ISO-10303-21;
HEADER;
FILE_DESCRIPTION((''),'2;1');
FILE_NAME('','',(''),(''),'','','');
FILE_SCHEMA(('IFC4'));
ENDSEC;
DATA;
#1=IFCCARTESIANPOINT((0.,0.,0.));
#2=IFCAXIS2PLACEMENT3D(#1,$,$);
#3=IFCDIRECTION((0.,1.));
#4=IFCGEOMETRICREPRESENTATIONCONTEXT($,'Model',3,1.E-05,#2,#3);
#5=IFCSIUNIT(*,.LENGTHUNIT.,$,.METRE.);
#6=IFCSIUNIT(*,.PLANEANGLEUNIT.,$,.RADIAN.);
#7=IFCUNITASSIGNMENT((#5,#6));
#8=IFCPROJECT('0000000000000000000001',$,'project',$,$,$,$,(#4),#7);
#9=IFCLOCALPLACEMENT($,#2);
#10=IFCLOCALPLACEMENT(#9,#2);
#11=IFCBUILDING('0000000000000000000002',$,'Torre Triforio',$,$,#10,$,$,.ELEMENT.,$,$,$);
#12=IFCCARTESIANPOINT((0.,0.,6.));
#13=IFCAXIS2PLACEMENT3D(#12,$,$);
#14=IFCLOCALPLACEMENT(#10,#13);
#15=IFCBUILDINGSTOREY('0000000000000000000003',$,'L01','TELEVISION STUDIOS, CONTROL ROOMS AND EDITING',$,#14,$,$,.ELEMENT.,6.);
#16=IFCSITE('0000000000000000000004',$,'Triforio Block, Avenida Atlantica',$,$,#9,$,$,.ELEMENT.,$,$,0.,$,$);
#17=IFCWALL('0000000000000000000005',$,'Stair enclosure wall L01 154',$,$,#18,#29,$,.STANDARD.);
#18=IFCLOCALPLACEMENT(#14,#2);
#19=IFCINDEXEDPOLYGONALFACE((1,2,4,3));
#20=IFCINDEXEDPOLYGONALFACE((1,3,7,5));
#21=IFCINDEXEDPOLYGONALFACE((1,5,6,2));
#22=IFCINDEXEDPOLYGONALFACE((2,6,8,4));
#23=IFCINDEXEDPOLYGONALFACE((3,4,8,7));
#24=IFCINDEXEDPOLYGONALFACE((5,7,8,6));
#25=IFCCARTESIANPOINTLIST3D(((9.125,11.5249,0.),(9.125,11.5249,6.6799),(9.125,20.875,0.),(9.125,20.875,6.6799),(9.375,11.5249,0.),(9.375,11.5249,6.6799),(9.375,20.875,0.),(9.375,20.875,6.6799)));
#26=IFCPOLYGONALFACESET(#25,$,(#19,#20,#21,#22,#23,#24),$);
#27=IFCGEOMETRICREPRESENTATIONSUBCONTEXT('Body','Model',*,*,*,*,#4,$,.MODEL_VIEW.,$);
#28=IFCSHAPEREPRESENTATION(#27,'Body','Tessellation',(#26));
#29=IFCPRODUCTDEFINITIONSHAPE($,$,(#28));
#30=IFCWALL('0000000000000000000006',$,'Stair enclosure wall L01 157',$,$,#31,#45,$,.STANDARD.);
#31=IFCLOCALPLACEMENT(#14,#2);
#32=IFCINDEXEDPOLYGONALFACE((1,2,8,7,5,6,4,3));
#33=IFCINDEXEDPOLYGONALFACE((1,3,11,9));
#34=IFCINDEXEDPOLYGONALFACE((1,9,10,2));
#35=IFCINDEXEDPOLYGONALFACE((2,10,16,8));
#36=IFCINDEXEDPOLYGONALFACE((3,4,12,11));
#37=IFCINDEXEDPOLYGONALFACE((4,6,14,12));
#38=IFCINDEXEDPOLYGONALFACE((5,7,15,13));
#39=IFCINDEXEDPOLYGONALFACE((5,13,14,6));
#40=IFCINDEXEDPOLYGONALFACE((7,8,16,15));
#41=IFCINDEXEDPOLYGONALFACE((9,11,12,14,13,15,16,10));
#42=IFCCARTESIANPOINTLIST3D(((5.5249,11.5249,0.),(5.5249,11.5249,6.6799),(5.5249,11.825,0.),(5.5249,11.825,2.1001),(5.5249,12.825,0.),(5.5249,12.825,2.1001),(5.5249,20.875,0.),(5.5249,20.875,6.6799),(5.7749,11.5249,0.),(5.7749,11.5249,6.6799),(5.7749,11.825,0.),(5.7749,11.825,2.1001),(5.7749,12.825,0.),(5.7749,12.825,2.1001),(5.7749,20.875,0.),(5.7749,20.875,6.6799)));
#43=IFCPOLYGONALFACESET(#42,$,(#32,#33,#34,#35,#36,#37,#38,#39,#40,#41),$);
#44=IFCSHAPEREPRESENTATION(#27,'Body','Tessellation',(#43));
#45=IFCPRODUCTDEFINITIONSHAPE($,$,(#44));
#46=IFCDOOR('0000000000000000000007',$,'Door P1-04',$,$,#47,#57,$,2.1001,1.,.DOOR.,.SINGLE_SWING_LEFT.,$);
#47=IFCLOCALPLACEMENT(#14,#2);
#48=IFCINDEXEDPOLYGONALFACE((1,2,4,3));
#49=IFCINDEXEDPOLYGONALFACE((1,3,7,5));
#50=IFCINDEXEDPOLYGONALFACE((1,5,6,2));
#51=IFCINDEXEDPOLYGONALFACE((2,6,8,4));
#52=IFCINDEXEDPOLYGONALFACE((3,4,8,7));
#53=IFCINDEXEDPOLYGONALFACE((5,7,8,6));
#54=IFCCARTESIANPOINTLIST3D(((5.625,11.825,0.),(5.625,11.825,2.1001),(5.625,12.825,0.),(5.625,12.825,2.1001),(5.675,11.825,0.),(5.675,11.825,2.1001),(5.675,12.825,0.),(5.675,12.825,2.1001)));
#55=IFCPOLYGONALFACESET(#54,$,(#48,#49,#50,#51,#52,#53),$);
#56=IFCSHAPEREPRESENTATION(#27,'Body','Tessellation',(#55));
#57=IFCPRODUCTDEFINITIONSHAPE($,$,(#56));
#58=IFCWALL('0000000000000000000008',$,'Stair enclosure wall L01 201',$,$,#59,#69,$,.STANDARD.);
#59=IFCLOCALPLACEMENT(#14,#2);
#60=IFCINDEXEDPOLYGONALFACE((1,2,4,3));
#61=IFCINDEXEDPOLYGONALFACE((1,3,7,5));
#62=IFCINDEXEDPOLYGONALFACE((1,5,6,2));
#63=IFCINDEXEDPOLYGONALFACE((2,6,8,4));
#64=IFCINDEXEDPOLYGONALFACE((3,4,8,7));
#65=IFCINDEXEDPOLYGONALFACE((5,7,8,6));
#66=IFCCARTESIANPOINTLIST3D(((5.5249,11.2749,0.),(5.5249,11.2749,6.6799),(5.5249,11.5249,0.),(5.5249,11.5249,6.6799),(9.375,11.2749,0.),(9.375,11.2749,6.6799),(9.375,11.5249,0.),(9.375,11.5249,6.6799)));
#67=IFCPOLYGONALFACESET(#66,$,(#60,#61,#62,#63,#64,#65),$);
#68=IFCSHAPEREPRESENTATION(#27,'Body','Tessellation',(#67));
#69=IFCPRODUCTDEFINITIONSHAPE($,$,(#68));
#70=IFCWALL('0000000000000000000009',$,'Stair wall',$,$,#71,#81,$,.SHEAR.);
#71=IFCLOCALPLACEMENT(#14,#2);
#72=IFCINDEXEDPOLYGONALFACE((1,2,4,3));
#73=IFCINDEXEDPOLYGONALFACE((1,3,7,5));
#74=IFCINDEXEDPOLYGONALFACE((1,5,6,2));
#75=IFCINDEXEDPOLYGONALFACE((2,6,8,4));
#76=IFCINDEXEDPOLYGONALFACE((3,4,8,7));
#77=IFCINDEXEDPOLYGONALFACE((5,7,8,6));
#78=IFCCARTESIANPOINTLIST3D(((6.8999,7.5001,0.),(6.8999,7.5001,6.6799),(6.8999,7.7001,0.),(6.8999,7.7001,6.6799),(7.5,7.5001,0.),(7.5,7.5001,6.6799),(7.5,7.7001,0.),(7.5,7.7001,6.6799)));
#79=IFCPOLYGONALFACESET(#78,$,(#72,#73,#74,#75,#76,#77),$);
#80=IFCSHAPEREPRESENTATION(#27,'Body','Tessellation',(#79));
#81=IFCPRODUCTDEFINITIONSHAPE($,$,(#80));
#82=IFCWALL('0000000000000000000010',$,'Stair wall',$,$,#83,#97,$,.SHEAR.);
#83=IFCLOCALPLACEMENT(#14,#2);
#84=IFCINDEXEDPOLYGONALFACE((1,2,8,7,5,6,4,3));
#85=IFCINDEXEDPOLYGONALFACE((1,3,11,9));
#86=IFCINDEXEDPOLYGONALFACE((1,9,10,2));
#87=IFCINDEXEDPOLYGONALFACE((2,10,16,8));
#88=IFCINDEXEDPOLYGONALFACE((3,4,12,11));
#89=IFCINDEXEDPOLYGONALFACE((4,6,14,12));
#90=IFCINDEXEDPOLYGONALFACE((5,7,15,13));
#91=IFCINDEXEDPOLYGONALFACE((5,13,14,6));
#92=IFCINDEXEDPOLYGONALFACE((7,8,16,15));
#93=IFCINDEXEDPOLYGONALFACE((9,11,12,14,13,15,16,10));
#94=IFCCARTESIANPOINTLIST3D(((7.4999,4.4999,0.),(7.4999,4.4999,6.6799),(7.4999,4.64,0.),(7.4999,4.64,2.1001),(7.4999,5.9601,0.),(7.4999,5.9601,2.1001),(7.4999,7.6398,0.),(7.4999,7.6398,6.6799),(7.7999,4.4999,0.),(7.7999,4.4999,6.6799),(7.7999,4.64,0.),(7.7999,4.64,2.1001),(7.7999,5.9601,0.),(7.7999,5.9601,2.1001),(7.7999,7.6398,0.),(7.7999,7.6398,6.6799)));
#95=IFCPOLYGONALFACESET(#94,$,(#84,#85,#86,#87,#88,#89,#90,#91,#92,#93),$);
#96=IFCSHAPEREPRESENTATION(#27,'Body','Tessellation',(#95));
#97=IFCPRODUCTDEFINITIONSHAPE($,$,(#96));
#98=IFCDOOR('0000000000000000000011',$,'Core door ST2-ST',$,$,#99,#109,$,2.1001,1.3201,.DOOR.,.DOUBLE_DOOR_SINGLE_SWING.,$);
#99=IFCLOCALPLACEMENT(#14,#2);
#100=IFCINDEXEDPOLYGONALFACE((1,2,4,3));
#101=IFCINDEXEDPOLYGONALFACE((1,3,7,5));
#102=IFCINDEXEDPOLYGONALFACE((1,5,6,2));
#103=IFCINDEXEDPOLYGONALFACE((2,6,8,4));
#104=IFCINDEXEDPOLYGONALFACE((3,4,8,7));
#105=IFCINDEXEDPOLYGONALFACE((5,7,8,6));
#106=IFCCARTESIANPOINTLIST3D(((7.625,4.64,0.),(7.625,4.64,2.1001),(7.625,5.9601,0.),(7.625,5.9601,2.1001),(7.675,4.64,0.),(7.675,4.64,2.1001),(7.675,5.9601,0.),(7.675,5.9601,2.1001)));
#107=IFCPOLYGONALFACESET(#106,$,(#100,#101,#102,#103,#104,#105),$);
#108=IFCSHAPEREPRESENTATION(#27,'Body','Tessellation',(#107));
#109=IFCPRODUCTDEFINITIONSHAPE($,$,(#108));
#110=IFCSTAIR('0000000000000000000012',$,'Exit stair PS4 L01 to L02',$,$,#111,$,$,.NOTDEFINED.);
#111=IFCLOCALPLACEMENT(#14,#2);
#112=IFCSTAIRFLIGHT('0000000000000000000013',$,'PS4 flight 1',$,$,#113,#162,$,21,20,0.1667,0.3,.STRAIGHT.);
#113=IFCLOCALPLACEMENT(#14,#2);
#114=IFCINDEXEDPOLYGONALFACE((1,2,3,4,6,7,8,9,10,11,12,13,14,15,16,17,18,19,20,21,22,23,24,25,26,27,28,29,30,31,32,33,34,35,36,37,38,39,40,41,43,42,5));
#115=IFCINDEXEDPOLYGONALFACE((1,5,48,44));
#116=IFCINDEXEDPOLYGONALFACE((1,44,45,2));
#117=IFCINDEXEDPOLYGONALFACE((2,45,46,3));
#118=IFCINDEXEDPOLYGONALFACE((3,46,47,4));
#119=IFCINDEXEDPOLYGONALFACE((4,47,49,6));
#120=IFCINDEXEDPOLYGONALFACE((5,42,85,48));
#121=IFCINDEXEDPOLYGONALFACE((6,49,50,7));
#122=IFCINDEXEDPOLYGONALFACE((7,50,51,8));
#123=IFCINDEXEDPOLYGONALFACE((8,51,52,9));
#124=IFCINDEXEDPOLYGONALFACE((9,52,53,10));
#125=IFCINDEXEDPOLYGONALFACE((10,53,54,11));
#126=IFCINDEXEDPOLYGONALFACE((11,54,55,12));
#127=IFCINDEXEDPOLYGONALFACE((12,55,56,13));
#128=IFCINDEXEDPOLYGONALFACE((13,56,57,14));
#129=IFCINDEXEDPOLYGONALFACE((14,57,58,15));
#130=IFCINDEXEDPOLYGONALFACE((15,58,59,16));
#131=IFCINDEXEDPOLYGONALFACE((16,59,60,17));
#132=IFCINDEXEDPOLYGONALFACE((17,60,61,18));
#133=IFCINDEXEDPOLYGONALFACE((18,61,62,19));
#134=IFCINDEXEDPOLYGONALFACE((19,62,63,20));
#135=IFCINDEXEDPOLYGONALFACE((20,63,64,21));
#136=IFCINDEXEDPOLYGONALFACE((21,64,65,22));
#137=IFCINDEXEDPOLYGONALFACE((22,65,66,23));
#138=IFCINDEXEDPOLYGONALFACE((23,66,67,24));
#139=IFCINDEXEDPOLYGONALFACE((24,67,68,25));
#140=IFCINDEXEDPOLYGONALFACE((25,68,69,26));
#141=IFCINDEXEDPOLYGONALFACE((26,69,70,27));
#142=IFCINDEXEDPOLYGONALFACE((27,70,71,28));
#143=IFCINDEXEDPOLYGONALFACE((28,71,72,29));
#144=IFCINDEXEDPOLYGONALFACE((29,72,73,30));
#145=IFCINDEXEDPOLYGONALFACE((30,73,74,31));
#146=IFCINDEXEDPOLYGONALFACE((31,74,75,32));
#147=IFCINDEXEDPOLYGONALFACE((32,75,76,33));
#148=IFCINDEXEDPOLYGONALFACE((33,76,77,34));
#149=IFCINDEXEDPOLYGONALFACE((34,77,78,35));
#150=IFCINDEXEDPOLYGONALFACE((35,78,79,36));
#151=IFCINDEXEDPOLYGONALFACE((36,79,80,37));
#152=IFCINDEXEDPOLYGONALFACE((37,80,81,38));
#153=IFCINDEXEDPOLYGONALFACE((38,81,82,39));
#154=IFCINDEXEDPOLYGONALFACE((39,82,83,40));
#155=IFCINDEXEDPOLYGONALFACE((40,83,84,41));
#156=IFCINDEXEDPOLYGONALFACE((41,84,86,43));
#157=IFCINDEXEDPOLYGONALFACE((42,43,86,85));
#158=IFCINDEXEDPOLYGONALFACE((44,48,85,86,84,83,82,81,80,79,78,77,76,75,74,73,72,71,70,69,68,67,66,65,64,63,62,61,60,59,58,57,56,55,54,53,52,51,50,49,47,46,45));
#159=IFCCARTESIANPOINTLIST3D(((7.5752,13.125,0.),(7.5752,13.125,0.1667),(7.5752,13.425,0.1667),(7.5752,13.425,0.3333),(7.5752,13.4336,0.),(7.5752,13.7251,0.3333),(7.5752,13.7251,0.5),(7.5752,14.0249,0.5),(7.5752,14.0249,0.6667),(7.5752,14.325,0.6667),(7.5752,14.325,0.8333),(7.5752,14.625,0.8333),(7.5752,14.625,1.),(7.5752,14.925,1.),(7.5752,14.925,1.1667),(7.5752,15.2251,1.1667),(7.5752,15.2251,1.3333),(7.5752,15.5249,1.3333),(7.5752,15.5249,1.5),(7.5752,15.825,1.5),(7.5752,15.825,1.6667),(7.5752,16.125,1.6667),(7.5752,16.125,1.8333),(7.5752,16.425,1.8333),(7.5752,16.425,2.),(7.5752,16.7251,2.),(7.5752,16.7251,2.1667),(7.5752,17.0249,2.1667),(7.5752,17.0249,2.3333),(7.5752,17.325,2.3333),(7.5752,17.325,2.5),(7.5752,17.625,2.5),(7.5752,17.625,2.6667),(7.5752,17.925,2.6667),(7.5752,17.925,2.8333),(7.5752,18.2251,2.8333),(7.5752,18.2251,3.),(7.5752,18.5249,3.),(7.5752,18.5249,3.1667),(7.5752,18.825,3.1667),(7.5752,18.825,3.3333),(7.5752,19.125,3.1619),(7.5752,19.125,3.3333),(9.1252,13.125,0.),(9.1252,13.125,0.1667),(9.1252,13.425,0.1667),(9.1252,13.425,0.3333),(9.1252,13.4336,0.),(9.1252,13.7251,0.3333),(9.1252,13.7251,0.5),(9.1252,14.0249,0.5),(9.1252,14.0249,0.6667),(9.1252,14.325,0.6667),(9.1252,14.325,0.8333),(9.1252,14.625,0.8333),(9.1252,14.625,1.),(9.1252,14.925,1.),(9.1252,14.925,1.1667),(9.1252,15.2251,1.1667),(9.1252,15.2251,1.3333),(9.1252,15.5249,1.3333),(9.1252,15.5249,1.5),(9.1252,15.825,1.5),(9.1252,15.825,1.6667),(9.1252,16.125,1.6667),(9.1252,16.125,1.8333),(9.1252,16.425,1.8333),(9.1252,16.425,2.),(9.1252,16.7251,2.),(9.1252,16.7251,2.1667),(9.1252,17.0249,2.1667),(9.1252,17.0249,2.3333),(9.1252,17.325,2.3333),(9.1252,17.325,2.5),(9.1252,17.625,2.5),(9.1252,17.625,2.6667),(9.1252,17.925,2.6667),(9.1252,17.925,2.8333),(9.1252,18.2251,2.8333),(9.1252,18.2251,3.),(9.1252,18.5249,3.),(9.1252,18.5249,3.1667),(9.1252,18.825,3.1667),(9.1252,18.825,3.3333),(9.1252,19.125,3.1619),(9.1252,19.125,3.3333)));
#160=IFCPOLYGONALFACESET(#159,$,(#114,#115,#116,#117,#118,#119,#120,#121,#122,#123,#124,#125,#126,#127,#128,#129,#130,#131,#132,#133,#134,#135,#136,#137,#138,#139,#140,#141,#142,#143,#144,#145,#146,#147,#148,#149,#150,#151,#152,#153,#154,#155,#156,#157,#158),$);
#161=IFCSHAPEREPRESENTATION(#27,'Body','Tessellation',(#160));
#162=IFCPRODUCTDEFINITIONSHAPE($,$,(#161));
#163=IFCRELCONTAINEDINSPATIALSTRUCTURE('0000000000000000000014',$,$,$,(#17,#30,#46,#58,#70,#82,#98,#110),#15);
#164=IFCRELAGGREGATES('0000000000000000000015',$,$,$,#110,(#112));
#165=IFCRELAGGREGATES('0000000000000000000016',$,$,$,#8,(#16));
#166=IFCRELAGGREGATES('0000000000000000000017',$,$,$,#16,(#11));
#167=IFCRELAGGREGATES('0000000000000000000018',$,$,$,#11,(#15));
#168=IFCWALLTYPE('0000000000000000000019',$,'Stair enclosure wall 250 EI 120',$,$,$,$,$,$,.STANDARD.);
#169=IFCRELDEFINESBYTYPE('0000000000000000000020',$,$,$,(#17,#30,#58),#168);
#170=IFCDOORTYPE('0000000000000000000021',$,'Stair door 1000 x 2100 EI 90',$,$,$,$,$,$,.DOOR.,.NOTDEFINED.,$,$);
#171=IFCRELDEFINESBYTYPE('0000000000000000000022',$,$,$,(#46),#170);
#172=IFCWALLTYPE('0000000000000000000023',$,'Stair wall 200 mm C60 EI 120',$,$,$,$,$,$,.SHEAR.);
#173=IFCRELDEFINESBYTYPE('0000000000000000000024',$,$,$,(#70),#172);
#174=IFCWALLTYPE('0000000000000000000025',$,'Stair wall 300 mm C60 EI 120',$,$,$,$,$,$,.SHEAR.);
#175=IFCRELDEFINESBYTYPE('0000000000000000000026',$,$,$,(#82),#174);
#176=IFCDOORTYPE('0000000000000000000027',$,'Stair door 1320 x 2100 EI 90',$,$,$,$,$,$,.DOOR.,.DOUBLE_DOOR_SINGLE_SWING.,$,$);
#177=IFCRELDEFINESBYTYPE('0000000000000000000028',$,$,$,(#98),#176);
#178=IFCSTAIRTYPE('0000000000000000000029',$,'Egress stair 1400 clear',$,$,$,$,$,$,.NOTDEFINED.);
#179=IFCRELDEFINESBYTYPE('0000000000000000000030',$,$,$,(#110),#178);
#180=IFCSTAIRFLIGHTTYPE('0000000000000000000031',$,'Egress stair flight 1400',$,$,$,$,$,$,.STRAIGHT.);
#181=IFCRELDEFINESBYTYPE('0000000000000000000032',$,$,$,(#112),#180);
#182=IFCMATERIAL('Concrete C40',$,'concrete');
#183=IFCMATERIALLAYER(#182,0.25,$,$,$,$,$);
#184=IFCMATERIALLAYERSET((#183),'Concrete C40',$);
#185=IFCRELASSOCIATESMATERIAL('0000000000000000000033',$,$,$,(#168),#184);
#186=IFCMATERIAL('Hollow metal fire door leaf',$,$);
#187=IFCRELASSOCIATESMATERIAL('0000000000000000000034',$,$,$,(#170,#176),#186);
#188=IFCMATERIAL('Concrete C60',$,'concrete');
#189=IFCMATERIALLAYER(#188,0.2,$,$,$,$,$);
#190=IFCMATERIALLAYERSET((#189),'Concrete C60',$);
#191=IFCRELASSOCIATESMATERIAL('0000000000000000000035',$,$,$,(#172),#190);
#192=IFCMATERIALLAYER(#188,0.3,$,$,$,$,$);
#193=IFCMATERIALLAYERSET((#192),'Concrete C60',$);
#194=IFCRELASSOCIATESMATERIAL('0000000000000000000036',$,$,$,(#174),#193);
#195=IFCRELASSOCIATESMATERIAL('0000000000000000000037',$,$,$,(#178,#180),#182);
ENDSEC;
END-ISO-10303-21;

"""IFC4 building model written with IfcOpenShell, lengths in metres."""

from ifc_helpers import new_model, si_unit, direction, frame, frame_2d, origin, place, context, subcontext, project, spatial, polyline, rectangle, outline, extrude, material, layer, layer_set, type_object, element, fill, aggregate, save


model = new_model("IFC4")

# Units and contexts
model_context = context("Model", 3, precision=1e-05, world=origin(), true_north=direction((0.0, 1.0)))
body_context = subcontext(model_context, "Body", "Model", "MODEL_VIEW")
ifc_project = project(units=[si_unit("LENGTHUNIT", "METRE"), si_unit("PLANEANGLEUNIT", "RADIAN")], contexts=[model_context])

# Site, building, storey
site_placement = place(None, origin())
site = spatial("IfcSite", under=ifc_project, at=site_placement, Name="Triforio Block, Avenida Atlantica", CompositionType="ELEMENT", RefElevation=0.0)
building_placement = place(site_placement, origin())
building = spatial("IfcBuilding", under=site, at=building_placement, Name="Torre Triforio", CompositionType="ELEMENT")
storey_placement = place(building_placement, frame((0.0, 0.0, 6.0)))
storey = spatial("IfcBuildingStorey", under=building, at=storey_placement, Name="L01", Description="TELEVISION STUDIOS, CONTROL ROOMS AND EDITING", CompositionType="ELEMENT", Elevation=6.0)

# Shared definitions
ifc_material_1 = material(Name="Concrete C60", Category="concrete")
ifc_material_2 = material(Name="Hollow metal fire door leaf")

# Wall
ifc_material_3 = material(Name="Concrete C40", Category="concrete")
ifc_layer_1 = layer(ifc_material_3, 0.25)
ifc_layer_set_1 = layer_set([ifc_layer_1], Name="Concrete C40")
wall_type_1 = type_object("IfcWallType", Name="Stair enclosure wall 250 EI 120", PredefinedType="STANDARD", material=ifc_layer_set_1)
wall_1_placement = place(storey_placement, frame((9.25, 11.5249, 0.0), z_axis=(0.0, 0.0, 1.0), x_axis=(0.0, 1.0, 0.0)))
element("IfcWall", 1, at=wall_1_placement, inside=storey, type_object=wall_type_1, Name="Stair enclosure wall L01 154", PredefinedType="STANDARD", context=body_context, shape_type="SweptSolid", body=[
    extrude(rectangle(XDim=9.3501, YDim=0.25, at=frame_2d((4.675, 0.0))), origin(), (0.0, 0.0, 1.0), 6.6799),
])

# Wall, opening, door
wall_2_placement = place(storey_placement, frame((5.6499, 11.5249, 0.0), z_axis=(0.0, 0.0, 1.0), x_axis=(0.0, 1.0, 0.0)))
wall_2 = element("IfcWall", 2, at=wall_2_placement, inside=storey, type_object=wall_type_1, Name="Stair enclosure wall L01 157", PredefinedType="STANDARD", context=body_context, shape_type="SweptSolid", body=[
    extrude(rectangle(XDim=9.3501, YDim=0.25, at=frame_2d((4.675, 0.0))), origin(), (0.0, 0.0, 1.0), 6.6799),
])
opening_1_placement = place(wall_2_placement, frame((0.3, 0.0, 0.0)))
opening_1 = element("IfcOpeningElement", 3, at=opening_1_placement, cuts=wall_2, PredefinedType="OPENING", context=body_context, shape_type="SweptSolid", body=[
    extrude(rectangle(XDim=1.0, YDim=2.1001, at=frame_2d((0.5, 1.05))), frame((0.0, 0.135, 0.0), z_axis=(0.0, -1.0, 0.0), x_axis=(1.0, 0.0, 0.0)), (0.0, 0.0, 1.0), 0.27),
])
door_type_1 = type_object("IfcDoorType", Name="Stair door 1000 x 2100 EI 90", OperationType="NOTDEFINED", PredefinedType="DOOR", material=ifc_material_2)
door_1_placement = place(opening_1_placement, origin())
door_1 = element("IfcDoor", 4, at=door_1_placement, inside=storey, type_object=door_type_1, Name="Door P1-04", OperationType="SINGLE_SWING_LEFT", OverallHeight=2.1001, OverallWidth=1.0, PredefinedType="DOOR", context=body_context, shape_type="SweptSolid", body=[
    extrude(rectangle(XDim=1.0, YDim=2.1001, at=frame_2d((0.5, 1.05))), frame((0.0, 0.0249, 0.0), z_axis=(0.0, -1.0, 0.0), x_axis=(1.0, 0.0, 0.0)), (0.0, 0.0, 1.0), 0.05),
])
fill(opening_1, door_1)

# Walls
wall_3_placement = place(storey_placement, frame((5.5249, 11.3999, 0.0), z_axis=(0.0, 0.0, 1.0), x_axis=(1.0, 0.0, 0.0)))
element("IfcWall", 5, at=wall_3_placement, inside=storey, type_object=wall_type_1, Name="Stair enclosure wall L01 201", PredefinedType="STANDARD", context=body_context, shape_type="SweptSolid", body=[
    extrude(rectangle(XDim=3.8501, YDim=0.25, at=frame_2d((1.925, 0.0))), origin(), (0.0, 0.0, 1.0), 6.6799),
])
ifc_layer_2 = layer(ifc_material_1, 0.2)
ifc_layer_set_2 = layer_set([ifc_layer_2], Name="Concrete C60")
wall_type_2 = type_object("IfcWallType", Name="Stair wall 200 mm C60 EI 120", PredefinedType="SHEAR", material=ifc_layer_set_2)
wall_4_placement = place(storey_placement, frame((6.8999, 7.6001, 0.0), z_axis=(0.0, 0.0, 1.0), x_axis=(1.0, 0.0, 0.0)))
element("IfcWall", 6, at=wall_4_placement, inside=storey, type_object=wall_type_2, Name="Stair wall", PredefinedType="SHEAR", context=body_context, shape_type="SweptSolid", body=[
    extrude(rectangle(XDim=0.6001, YDim=0.2, at=frame_2d((0.3, 0.0))), origin(), (0.0, 0.0, 1.0), 6.6799),
])

# Wall, opening, door
ifc_layer_3 = layer(ifc_material_1, 0.3)
ifc_layer_set_3 = layer_set([ifc_layer_3], Name="Concrete C60")
wall_type_3 = type_object("IfcWallType", Name="Stair wall 300 mm C60 EI 120", PredefinedType="SHEAR", material=ifc_layer_set_3)
wall_5_placement = place(storey_placement, frame((7.6499, 4.5, 0.0), z_axis=(0.0, 0.0, 1.0), x_axis=(0.0, 1.0, 0.0)))
wall_5 = element("IfcWall", 7, at=wall_5_placement, inside=storey, type_object=wall_type_3, Name="Stair wall", PredefinedType="SHEAR", context=body_context, shape_type="SweptSolid", body=[
    extrude(rectangle(XDim=3.1399, YDim=0.3, at=frame_2d((1.5698, 0.0))), origin(), (0.0, 0.0, 1.0), 6.6799),
])
opening_2_placement = place(wall_5_placement, frame((0.1399, 0.0, 0.0)))
opening_2 = element("IfcOpeningElement", 8, at=opening_2_placement, cuts=wall_5, PredefinedType="OPENING", context=body_context, shape_type="SweptSolid", body=[
    extrude(rectangle(XDim=1.3201, YDim=2.1001, at=frame_2d((0.6602, 1.05))), frame((0.0, 0.1599, 0.0), z_axis=(0.0, -1.0, 0.0), x_axis=(1.0, 0.0, 0.0)), (0.0, 0.0, 1.0), 0.3201),
])
door_type_2 = type_object("IfcDoorType", Name="Stair door 1320 x 2100 EI 90", OperationType="DOUBLE_DOOR_SINGLE_SWING", PredefinedType="DOOR", material=ifc_material_2)
door_2_placement = place(opening_2_placement, origin())
door_2 = element("IfcDoor", 9, at=door_2_placement, inside=storey, type_object=door_type_2, Name="Core door ST2-ST", OperationType="DOUBLE_DOOR_SINGLE_SWING", OverallHeight=2.1001, OverallWidth=1.3201, PredefinedType="DOOR", context=body_context, shape_type="SweptSolid", body=[
    extrude(rectangle(XDim=1.3201, YDim=2.1001, at=frame_2d((0.6602, 1.05))), frame((0.0, 0.0249, 0.0), z_axis=(0.0, -1.0, 0.0), x_axis=(1.0, 0.0, 0.0)), (0.0, 0.0, 1.0), 0.05),
])
fill(opening_2, door_2)

# Stair, stair flight
stair_type_1 = type_object("IfcStairType", Name="Egress stair 1400 clear", PredefinedType="NOTDEFINED", material=ifc_material_3)
stair_1_placement = place(storey_placement, origin())
stair_1 = element("IfcStair", 10, at=stair_1_placement, inside=storey, type_object=stair_type_1, Name="Exit stair PS4 L01 to L02", PredefinedType="NOTDEFINED")
stair_flight_type_1 = type_object("IfcStairFlightType", Name="Egress stair flight 1400", PredefinedType="STRAIGHT", material=ifc_material_3)
stair_flight_1_placement = place(storey_placement, frame((8.3501, 13.125, 0.0), z_axis=(0.0, 0.0, 1.0), x_axis=(0.0, 1.0, 0.0)))
stair_flight_1 = element("IfcStairFlight", 11, at=stair_flight_1_placement, type_object=stair_flight_type_1, Name="PS4 flight 1", NumberOfRisers=21, NumberOfTreads=20, PredefinedType="STRAIGHT", RiserHeight=0.1667, TreadLength=0.3, context=body_context, shape_type="SweptSolid", body=[
    extrude(outline(polyline([(0.0, 0.0), (0.0, 0.1667), (0.3, 0.1667), (0.3, 0.3333), (0.6001, 0.3333), (0.6001, 0.5), (0.8999, 0.5), (0.8999, 0.6667), (1.2, 0.6667), (1.2, 0.8333), (1.5, 0.8333), (1.5, 1.0), (1.8, 1.0), (1.8, 1.1667), (2.1001, 1.1667), (2.1001, 1.3333), (2.3999, 1.3333), (2.3999, 1.5), (2.7, 1.5), (2.7, 1.6667), (3.0, 1.6667), (3.0, 1.8333), (3.3, 1.8333), (3.3, 2.0), (3.6001, 2.0), (3.6001, 2.1667), (3.8999, 2.1667), (3.8999, 2.3333), (4.2, 2.3333), (4.2, 2.5), (4.5, 2.5), (4.5, 2.6667), (4.8, 2.6667), (4.8, 2.8333), (5.1001, 2.8333), (5.1001, 3.0), (5.3999, 3.0), (5.3999, 3.1667), (5.7, 3.1667), (5.7, 3.3333), (6.0, 3.3333), (6.0, 3.5), (6.0, 3.1619), (0.3086, 0.0), (0.0, 0.0)])), frame((0.0, 0.7749, 0.0), z_axis=(0.0, -1.0, 0.0), x_axis=(1.0, 0.0, 0.0)), (0.0, 0.0, 1.0), 1.55),
])

aggregate(stair_1, [stair_flight_1])

save(model, "model.ifc")
